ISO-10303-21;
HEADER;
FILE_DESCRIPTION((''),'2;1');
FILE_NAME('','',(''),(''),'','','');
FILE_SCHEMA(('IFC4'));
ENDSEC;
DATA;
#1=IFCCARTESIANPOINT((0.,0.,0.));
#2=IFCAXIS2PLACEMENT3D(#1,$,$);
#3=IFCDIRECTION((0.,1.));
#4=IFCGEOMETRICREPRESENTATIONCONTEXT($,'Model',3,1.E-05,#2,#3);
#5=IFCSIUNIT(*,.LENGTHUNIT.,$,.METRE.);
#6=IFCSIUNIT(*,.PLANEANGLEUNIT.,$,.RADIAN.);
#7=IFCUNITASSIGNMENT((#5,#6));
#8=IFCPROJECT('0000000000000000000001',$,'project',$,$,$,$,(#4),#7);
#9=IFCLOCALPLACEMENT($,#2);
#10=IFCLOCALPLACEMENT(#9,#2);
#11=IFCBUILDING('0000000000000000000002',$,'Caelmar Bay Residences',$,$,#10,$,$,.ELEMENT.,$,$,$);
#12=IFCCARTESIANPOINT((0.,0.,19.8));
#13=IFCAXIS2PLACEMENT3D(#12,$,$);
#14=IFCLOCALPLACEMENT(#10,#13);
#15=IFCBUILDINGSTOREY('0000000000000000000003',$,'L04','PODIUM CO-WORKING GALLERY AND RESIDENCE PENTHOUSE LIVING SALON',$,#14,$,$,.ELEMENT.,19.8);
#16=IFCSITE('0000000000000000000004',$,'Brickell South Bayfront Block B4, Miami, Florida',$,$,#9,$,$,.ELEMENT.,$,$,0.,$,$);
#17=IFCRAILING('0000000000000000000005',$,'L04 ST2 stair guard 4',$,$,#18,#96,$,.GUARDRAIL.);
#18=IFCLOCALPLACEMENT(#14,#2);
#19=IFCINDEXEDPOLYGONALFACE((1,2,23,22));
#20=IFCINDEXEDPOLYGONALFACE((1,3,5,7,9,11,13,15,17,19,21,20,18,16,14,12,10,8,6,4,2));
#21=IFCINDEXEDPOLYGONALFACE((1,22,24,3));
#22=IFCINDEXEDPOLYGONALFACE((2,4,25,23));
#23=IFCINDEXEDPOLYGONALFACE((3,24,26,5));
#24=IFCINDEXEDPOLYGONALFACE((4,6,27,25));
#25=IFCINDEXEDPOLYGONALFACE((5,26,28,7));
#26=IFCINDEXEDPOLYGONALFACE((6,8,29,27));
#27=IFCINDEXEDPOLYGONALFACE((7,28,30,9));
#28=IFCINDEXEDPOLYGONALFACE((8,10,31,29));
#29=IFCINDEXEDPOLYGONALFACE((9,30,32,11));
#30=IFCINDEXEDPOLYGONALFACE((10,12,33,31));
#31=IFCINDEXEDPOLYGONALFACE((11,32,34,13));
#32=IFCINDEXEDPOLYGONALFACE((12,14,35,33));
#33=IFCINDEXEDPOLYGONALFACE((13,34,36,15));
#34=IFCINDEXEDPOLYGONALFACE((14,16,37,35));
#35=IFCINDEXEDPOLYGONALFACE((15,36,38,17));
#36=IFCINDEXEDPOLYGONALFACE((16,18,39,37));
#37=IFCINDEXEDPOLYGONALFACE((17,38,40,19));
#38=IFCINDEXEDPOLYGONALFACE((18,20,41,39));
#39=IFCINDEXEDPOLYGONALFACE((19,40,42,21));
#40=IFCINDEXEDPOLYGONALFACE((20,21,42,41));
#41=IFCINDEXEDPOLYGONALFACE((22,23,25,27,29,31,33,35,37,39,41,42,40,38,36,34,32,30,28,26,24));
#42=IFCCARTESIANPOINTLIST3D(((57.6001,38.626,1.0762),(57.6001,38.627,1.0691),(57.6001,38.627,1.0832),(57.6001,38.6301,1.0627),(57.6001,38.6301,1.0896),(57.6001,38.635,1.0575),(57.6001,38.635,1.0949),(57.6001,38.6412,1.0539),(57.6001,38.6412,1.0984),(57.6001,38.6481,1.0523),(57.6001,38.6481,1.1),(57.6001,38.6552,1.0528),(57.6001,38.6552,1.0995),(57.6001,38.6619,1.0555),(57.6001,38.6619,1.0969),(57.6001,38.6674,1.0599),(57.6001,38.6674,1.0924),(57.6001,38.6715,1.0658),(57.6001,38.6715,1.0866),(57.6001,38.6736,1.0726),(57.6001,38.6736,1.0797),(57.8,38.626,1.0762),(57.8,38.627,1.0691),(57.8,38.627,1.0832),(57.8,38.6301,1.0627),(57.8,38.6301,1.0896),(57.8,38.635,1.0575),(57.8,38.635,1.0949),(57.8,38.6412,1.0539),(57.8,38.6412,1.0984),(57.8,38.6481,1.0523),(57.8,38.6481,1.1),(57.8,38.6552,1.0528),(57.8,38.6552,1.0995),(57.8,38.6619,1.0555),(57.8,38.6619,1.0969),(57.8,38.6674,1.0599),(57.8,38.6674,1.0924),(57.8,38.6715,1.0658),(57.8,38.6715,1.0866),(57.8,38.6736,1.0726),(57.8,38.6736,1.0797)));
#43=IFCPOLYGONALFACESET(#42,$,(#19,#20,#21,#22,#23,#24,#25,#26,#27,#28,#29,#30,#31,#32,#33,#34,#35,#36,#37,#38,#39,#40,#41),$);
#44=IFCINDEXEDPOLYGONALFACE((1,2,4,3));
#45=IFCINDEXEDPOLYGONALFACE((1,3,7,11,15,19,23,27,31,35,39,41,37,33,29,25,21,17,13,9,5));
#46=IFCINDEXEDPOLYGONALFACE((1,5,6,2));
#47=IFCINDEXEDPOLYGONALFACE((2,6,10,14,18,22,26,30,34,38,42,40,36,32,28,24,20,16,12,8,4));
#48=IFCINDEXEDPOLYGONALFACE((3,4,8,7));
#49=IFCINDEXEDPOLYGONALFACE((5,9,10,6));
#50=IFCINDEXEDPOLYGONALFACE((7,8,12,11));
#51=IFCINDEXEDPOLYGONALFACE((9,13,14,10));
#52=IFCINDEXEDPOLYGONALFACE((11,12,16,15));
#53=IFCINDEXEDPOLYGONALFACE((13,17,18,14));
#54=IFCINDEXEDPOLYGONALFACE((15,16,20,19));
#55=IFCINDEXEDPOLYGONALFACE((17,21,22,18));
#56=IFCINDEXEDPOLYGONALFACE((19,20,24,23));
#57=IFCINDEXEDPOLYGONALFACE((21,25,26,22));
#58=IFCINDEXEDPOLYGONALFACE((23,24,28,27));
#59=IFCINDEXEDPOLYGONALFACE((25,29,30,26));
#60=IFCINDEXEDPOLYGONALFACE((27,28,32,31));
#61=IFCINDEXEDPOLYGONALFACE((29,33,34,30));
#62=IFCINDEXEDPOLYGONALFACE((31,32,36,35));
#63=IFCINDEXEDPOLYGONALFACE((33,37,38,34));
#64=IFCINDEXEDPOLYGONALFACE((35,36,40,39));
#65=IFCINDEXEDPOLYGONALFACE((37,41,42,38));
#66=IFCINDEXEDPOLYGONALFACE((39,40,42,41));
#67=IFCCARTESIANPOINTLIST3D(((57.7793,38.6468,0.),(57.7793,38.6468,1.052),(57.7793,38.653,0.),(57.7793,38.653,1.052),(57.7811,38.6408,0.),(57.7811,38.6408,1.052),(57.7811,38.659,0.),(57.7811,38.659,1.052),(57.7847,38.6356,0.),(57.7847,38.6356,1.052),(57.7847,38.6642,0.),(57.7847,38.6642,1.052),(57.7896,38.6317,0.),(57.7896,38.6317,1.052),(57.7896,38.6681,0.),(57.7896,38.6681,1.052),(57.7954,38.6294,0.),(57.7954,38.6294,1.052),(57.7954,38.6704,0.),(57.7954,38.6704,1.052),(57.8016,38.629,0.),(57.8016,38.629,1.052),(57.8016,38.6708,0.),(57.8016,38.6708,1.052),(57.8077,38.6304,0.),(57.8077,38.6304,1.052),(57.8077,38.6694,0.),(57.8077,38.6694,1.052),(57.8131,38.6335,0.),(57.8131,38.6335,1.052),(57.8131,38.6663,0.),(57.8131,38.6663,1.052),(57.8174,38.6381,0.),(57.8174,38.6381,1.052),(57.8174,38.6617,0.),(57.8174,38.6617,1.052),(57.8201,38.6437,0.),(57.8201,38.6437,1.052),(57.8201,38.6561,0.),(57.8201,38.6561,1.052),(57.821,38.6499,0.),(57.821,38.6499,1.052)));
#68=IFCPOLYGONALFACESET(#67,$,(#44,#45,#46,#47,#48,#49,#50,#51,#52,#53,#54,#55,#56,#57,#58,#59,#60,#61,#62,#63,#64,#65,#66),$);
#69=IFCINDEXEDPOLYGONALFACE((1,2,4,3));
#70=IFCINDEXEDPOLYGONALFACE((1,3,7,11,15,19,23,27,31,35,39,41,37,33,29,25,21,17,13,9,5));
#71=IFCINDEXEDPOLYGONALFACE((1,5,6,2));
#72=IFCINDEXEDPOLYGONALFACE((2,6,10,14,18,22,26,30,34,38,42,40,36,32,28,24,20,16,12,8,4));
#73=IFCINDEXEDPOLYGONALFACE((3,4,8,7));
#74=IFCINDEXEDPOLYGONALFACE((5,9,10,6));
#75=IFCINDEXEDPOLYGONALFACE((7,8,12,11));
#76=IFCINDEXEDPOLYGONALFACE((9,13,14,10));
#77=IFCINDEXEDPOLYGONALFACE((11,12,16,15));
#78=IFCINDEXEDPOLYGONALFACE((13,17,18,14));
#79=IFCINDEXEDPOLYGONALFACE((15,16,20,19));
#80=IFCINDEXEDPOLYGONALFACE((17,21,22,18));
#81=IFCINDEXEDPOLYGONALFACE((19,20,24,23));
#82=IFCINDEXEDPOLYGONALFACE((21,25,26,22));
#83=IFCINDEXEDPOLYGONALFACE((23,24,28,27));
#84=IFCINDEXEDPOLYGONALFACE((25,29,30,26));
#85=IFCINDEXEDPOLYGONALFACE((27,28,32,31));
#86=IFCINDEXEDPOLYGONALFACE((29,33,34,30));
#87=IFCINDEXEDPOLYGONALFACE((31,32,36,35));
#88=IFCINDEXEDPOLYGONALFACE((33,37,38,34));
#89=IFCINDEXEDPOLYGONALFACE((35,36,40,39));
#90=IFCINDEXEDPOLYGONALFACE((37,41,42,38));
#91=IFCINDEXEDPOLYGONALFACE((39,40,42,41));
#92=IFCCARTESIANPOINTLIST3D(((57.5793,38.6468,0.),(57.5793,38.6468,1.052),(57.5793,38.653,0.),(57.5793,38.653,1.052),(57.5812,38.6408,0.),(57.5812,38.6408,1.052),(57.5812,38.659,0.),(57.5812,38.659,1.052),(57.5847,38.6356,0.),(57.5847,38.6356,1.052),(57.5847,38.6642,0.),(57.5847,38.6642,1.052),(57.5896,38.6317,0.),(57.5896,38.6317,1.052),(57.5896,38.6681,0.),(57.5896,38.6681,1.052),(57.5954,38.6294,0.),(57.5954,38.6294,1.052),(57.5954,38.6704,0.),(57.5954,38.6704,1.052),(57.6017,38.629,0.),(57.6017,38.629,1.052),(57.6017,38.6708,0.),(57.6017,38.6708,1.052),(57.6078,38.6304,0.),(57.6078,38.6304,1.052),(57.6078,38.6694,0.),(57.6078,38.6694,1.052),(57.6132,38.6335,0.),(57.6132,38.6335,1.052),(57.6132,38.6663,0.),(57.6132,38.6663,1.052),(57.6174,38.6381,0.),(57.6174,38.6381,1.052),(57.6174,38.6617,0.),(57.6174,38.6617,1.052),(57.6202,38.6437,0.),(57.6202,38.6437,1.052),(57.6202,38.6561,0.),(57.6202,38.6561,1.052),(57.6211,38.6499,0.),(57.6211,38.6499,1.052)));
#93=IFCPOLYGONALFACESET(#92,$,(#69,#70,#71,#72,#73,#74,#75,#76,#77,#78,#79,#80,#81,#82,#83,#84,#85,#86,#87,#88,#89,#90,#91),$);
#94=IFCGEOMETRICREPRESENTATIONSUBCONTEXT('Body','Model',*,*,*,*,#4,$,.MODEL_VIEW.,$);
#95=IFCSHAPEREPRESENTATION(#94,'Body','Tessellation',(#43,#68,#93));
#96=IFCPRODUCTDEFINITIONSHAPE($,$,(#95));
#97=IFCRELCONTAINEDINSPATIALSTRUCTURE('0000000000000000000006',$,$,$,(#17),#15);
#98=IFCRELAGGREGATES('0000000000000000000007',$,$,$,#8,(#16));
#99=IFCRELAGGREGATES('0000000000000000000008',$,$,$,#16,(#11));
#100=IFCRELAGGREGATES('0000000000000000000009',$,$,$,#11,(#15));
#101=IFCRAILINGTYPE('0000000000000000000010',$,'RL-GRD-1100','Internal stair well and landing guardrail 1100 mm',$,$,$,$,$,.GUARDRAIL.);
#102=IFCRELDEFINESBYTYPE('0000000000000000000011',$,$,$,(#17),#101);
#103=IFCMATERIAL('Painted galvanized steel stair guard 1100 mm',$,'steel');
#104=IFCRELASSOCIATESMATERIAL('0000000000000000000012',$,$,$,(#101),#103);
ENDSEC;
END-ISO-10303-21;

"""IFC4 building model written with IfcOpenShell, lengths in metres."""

from ifc_helpers import new_model, si_unit, direction, frame, origin, origin_2d, place, context, subcontext, project, spatial, circle, extrude, material, type_object, element, save


model = new_model("IFC4")

# Units and contexts
model_context = context("Model", 3, precision=1e-05, world=origin(), true_north=direction((0.0, 1.0)))
body_context = subcontext(model_context, "Body", "Model", "MODEL_VIEW")
ifc_project = project(units=[si_unit("LENGTHUNIT", "METRE"), si_unit("PLANEANGLEUNIT", "RADIAN")], contexts=[model_context])

# Site, building, storey
site_placement = place(None, origin())
site = spatial("IfcSite", under=ifc_project, at=site_placement, Name="Brickell South Bayfront Block B4, Miami, Florida", CompositionType="ELEMENT", RefElevation=0.0)
building_placement = place(site_placement, origin())
building = spatial("IfcBuilding", under=site, at=building_placement, Name="Caelmar Bay Residences", CompositionType="ELEMENT")
storey_placement = place(building_placement, frame((0.0, 0.0, 19.8)))
storey = spatial("IfcBuildingStorey", under=building, at=storey_placement, Name="L04", Description="PODIUM CO-WORKING GALLERY AND RESIDENCE PENTHOUSE LIVING SALON", CompositionType="ELEMENT", Elevation=19.8)

# Railing
ifc_material_1 = material(Name="Painted galvanized steel stair guard 1100 mm", Category="steel")
railing_type_1 = type_object("IfcRailingType", Name="RL-GRD-1100", Description="Internal stair well and landing guardrail 1100 mm", PredefinedType="GUARDRAIL", material=ifc_material_1)
railing_1_placement = place(storey_placement, frame((57.8, 38.6499, 0.0)))
element("IfcRailing", 1, at=railing_1_placement, inside=storey, type_object=railing_type_1, Name="L04 ST2 stair guard 4", PredefinedType="GUARDRAIL", context=body_context, shape_type="SweptSolid", body=[
    extrude(circle(Radius=0.0239, at=origin_2d()), frame((0.0, 0.0, 1.0762), z_axis=(-1.0, 0.0, 0.0), x_axis=(0.0, -1.0, 0.0)), (0.0, 0.0, 1.0), 0.2),
    extrude(circle(Radius=0.021, at=origin_2d()), origin(), (0.0, 0.0, 1.0), 1.052),
    extrude(circle(Radius=0.021, at=origin_2d()), frame((-0.2, 0.0, 0.0)), (0.0, 0.0, 1.0), 1.052),
])

save(model, "model.ifc")
